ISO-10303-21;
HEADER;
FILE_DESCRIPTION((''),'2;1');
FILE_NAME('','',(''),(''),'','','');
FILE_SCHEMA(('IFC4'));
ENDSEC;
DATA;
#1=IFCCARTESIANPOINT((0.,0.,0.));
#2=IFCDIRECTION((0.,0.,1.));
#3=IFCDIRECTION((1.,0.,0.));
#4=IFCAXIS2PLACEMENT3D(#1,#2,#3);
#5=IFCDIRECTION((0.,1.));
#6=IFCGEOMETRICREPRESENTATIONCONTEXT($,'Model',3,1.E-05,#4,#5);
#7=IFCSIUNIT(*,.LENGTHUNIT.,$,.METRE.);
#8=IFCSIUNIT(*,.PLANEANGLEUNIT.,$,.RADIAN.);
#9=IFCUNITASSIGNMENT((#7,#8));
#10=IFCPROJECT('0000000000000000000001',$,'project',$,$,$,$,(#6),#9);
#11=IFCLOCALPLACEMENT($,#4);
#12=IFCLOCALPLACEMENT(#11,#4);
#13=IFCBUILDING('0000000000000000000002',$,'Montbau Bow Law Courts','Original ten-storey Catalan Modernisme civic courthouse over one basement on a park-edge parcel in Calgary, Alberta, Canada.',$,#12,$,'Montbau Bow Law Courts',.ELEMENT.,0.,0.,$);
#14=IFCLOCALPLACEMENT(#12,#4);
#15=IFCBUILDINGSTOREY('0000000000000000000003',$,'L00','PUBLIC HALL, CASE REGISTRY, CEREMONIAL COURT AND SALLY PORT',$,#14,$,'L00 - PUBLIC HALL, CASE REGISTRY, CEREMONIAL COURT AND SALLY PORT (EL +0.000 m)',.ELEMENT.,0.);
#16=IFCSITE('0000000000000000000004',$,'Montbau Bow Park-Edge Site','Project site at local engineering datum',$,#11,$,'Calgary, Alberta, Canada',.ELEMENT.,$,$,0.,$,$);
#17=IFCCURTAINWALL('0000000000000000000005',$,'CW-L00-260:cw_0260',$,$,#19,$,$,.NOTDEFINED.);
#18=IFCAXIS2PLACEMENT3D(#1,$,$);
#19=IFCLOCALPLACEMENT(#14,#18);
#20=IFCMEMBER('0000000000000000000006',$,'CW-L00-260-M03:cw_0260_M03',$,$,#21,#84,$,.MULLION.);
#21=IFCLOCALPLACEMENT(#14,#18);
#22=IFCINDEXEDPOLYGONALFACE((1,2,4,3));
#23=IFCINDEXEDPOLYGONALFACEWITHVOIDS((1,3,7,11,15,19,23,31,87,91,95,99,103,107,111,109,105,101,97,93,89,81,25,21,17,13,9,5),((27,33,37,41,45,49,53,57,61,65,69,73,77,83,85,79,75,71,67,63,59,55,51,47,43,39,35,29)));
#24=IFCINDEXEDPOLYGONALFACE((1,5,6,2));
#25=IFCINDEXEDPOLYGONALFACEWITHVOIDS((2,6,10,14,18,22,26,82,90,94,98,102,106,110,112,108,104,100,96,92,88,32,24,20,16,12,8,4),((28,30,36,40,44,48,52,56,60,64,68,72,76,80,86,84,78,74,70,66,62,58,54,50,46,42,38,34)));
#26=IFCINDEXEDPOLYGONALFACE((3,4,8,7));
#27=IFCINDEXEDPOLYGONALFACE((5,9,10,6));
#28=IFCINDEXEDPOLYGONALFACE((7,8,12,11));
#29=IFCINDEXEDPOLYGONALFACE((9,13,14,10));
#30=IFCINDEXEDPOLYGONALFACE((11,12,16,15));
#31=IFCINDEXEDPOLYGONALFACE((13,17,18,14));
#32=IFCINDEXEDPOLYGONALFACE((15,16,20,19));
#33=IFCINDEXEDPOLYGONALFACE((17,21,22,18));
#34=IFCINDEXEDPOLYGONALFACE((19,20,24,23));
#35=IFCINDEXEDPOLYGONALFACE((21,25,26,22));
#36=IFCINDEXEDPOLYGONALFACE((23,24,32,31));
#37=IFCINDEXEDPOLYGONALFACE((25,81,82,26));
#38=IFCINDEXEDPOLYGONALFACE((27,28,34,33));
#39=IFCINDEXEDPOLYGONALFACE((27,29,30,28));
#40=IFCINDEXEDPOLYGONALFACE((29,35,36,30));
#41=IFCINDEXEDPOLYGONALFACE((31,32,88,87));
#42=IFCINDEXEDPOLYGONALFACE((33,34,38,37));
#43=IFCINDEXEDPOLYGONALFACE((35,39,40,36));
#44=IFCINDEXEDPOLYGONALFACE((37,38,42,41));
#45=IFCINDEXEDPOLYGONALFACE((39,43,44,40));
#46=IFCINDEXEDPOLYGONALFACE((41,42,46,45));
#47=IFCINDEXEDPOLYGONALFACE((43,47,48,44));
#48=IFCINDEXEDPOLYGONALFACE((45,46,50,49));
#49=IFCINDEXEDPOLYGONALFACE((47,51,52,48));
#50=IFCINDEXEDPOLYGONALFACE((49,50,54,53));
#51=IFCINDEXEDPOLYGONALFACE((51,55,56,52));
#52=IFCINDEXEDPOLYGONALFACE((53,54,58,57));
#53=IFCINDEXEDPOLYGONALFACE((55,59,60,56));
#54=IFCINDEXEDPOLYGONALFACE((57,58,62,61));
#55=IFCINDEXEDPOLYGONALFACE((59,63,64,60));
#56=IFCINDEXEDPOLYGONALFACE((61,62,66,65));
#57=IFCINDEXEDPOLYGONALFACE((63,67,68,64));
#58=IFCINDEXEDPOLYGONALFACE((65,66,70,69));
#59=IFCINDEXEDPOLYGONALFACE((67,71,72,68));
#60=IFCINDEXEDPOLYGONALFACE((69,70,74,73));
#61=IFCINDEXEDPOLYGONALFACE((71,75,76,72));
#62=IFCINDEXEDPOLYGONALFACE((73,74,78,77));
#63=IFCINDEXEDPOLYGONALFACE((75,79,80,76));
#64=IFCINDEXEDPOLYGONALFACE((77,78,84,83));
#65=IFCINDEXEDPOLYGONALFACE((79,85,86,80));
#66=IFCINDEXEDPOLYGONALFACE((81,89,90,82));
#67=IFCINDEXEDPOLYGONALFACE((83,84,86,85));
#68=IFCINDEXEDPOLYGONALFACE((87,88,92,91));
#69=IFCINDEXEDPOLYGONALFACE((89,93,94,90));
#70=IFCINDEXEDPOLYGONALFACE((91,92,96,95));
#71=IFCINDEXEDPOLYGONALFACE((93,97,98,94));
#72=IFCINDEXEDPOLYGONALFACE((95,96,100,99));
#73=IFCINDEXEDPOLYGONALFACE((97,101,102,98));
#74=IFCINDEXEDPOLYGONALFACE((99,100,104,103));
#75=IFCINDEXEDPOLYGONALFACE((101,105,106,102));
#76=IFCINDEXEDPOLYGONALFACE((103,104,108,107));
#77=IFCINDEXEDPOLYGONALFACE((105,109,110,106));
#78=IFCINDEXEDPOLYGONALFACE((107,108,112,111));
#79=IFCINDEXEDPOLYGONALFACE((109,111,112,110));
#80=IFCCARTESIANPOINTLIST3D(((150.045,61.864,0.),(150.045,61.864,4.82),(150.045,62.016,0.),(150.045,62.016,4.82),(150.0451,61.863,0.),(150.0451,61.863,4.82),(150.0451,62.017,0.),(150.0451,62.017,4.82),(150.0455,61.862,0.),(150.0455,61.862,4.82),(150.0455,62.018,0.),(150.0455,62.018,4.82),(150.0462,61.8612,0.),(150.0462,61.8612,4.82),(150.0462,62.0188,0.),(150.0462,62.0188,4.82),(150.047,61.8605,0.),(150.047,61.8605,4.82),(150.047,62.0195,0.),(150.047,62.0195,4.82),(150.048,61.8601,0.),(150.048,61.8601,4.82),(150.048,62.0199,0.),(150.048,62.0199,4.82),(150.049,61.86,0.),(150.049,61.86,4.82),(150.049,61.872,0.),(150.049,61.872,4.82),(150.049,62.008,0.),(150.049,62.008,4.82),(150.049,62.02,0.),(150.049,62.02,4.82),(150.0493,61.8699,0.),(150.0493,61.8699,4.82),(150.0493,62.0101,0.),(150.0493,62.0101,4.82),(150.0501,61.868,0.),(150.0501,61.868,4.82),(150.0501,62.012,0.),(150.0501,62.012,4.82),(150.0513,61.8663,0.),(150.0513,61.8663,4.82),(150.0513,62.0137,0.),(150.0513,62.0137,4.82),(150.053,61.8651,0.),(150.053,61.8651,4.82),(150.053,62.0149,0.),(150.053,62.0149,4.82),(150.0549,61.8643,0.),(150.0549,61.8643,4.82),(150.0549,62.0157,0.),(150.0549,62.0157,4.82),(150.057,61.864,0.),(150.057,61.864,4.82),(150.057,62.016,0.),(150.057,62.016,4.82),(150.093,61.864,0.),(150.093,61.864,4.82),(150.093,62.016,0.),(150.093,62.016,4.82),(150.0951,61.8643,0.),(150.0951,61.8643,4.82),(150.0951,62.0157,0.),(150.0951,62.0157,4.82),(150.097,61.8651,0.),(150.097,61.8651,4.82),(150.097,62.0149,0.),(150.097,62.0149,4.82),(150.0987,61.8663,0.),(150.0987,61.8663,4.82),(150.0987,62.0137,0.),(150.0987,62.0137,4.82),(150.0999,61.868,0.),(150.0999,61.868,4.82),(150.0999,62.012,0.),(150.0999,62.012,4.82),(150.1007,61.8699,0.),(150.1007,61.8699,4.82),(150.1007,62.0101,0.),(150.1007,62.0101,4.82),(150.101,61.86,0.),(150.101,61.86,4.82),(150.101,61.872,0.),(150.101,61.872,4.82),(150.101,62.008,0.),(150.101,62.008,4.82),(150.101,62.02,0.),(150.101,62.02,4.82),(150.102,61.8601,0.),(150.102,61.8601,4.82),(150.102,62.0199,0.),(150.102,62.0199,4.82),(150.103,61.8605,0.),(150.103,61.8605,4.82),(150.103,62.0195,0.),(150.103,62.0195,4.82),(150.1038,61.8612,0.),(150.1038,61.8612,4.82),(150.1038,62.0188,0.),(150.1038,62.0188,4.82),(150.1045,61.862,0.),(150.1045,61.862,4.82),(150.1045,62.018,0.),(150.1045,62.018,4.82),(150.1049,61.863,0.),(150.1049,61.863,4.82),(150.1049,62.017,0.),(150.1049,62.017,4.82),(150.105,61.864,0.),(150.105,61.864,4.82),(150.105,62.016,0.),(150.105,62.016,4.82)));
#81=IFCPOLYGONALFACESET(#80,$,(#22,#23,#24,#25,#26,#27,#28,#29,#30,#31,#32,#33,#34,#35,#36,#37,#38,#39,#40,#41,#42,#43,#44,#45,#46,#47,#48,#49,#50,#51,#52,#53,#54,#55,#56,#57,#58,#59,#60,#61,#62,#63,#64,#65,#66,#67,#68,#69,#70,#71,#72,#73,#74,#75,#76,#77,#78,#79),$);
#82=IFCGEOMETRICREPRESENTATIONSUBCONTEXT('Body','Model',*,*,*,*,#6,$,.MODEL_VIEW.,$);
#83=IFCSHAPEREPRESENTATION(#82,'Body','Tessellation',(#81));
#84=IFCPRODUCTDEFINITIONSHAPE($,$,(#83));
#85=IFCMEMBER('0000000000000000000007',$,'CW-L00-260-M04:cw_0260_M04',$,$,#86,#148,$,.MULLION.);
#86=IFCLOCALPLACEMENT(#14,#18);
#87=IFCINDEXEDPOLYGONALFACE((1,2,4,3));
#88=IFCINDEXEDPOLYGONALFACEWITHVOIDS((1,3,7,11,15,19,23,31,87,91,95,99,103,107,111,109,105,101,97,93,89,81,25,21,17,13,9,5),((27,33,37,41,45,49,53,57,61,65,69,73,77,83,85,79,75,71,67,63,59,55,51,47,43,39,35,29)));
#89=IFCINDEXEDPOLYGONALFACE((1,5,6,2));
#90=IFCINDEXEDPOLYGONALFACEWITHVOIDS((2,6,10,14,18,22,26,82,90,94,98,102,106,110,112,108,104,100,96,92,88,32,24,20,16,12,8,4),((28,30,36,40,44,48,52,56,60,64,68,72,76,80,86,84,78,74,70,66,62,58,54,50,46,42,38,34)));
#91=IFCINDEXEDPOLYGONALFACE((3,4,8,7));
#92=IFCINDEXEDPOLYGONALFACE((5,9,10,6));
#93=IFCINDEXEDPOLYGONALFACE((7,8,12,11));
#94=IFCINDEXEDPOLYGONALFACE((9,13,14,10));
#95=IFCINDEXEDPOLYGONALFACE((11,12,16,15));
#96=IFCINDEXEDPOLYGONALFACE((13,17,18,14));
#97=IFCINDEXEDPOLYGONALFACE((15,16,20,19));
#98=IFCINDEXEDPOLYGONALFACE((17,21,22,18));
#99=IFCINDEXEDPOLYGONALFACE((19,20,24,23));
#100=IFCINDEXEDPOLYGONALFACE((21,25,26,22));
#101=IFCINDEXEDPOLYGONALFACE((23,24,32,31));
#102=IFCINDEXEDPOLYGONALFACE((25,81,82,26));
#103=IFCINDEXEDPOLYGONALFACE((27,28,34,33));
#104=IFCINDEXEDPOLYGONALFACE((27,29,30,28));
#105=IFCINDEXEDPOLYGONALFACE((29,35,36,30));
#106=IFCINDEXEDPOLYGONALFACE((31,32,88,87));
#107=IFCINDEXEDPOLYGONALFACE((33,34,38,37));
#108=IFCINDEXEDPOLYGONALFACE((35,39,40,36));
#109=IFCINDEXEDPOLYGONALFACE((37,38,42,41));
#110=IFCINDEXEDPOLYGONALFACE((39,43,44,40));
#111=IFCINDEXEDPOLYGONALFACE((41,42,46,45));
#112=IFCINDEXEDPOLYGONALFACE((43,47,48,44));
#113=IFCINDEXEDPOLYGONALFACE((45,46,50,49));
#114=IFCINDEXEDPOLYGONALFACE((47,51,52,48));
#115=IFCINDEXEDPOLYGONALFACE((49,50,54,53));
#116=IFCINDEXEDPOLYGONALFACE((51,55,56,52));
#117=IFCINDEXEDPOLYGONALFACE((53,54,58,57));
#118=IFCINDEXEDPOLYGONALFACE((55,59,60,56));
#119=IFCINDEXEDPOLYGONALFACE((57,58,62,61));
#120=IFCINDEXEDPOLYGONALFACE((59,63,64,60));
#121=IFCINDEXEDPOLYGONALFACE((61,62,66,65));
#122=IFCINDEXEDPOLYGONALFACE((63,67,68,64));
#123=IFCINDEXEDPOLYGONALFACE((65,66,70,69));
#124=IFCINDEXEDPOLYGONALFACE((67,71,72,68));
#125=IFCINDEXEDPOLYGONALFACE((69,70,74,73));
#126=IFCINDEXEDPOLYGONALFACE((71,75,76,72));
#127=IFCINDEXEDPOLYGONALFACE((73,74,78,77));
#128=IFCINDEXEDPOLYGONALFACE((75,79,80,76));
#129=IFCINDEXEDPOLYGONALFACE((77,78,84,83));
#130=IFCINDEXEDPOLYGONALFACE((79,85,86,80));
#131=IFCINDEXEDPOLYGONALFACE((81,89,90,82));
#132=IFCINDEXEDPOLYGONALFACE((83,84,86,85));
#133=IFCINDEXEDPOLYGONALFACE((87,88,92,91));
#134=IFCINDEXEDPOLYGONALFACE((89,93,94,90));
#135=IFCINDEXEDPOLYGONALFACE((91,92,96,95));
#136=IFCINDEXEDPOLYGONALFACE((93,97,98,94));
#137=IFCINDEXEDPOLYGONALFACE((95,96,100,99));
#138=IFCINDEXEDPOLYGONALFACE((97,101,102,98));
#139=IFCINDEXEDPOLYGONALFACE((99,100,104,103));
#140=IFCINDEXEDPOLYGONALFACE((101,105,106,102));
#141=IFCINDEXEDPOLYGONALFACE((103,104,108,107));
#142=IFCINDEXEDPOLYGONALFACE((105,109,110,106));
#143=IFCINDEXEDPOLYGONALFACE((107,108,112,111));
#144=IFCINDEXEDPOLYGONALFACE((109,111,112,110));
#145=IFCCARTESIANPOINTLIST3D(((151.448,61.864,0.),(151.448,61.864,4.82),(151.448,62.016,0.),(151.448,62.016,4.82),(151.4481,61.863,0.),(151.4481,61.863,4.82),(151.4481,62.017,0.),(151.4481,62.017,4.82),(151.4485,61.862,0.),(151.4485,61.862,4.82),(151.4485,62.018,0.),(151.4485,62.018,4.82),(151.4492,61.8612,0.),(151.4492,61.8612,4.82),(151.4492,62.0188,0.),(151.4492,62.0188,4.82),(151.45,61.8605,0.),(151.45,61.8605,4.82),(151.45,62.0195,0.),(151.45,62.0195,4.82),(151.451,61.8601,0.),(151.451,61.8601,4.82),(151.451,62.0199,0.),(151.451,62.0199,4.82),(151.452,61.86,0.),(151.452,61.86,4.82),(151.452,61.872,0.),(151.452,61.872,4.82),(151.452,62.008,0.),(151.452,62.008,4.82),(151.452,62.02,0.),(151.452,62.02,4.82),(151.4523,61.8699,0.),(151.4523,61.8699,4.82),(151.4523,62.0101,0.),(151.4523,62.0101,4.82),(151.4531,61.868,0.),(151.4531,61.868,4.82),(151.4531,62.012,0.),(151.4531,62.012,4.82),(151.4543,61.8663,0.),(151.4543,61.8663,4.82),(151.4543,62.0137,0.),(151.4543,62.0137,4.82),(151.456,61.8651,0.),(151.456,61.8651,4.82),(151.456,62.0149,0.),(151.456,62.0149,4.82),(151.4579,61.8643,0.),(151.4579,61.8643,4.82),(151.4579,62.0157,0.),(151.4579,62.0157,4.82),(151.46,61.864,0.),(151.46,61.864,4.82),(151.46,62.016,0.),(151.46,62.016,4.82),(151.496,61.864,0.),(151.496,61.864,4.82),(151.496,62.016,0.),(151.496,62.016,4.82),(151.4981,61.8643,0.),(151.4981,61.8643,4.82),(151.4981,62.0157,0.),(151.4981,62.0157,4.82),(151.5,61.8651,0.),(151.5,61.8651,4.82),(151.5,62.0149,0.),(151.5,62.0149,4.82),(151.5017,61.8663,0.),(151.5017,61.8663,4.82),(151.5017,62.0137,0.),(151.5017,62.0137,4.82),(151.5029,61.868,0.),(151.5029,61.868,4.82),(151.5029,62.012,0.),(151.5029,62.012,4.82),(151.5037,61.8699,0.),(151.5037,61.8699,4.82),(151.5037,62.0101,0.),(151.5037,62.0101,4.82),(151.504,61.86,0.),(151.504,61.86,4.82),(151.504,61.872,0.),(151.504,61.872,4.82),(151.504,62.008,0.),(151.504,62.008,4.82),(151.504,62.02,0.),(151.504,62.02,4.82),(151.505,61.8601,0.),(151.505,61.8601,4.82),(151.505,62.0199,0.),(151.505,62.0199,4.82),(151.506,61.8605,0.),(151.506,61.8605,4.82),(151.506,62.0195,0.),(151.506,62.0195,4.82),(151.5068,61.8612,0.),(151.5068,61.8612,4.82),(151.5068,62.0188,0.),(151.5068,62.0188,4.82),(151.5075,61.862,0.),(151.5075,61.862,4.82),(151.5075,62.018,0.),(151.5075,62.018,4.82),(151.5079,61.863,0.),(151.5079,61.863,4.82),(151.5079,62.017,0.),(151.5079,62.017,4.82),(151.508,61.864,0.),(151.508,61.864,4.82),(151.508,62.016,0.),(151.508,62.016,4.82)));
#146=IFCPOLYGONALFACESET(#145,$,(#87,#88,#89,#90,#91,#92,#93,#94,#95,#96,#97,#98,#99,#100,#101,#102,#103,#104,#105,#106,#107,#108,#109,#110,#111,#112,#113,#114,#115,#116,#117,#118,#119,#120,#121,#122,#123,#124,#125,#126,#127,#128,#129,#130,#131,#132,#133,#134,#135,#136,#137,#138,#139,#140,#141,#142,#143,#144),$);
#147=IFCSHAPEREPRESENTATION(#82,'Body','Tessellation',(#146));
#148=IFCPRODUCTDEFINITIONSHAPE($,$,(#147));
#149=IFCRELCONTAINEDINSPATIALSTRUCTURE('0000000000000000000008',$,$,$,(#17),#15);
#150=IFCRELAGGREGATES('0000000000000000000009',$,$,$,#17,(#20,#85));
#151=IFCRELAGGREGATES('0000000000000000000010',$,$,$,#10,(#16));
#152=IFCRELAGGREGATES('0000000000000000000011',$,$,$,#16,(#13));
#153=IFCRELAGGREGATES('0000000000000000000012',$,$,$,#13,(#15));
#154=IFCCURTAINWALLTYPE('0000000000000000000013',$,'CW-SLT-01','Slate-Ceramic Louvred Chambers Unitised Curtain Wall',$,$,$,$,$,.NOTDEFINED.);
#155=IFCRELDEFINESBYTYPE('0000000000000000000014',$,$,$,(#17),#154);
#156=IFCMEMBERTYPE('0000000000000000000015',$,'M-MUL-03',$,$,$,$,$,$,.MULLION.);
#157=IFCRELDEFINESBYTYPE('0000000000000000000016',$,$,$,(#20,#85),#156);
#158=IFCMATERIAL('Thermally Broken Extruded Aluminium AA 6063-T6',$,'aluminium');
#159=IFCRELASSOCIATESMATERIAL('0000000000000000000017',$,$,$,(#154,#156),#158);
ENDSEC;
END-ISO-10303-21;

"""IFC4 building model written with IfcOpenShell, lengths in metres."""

from ifc_helpers import new_model, si_unit, direction, frame, origin_with_axes, origin_2d_with_axis, place, context, subcontext, project, spatial, hollow_rectangle, extrude, material, material_profile, profile_set, type_object, element, aggregate, save


model = new_model("IFC4")

# Units and contexts
model_context = context("Model", 3, precision=1e-05, world=origin_with_axes(), true_north=direction((0.0, 1.0)))
body_context = subcontext(model_context, "Body", "Model", "MODEL_VIEW")
ifc_project = project(units=[si_unit("LENGTHUNIT", "METRE"), si_unit("PLANEANGLEUNIT", "RADIAN")], contexts=[model_context])

# Site, building, storey
site_placement = place(None, origin_with_axes())
site = spatial("IfcSite", under=ifc_project, at=site_placement, Name="Montbau Bow Park-Edge Site", Description="Project site at local engineering datum", LongName="Calgary, Alberta, Canada", CompositionType="ELEMENT", RefElevation=0.0)
building_placement = place(site_placement, origin_with_axes())
building = spatial("IfcBuilding", under=site, at=building_placement, Name="Montbau Bow Law Courts", Description="Original ten-storey Catalan Modernisme civic courthouse over one basement on a park-edge parcel in Calgary, Alberta, Canada.", LongName="Montbau Bow Law Courts", CompositionType="ELEMENT", ElevationOfRefHeight=0.0, ElevationOfTerrain=0.0)
storey_placement = place(building_placement, origin_with_axes())
storey = spatial("IfcBuildingStorey", under=building, at=storey_placement, Name="L00", Description="PUBLIC HALL, CASE REGISTRY, CEREMONIAL COURT AND SALLY PORT", LongName="L00 - PUBLIC HALL, CASE REGISTRY, CEREMONIAL COURT AND SALLY PORT (EL +0.000 m)", CompositionType="ELEMENT", Elevation=0.0)

# Curtain wall, members
ifc_material_1 = material(Name="Thermally Broken Extruded Aluminium AA 6063-T6", Category="aluminium")
curtain_wall_type = type_object("IfcCurtainWallType", Name="CW-SLT-01", Description="Slate-Ceramic Louvred Chambers Unitised Curtain Wall", PredefinedType="NOTDEFINED", material=ifc_material_1)
curtain_wall_placement = place(None, frame((147.268, 61.94, 0.0), z_axis=(0.0, 0.0, 1.0), x_axis=(1.0, 0.0, 0.0)))
curtain_wall = element("IfcCurtainWall", 1, at=curtain_wall_placement, inside=storey, type_object=curtain_wall_type, Name="CW-L00-260:cw_0260", PredefinedType="NOTDEFINED")
ifc_material_profile_1 = material_profile(ifc_material_1, hollow_rectangle(XDim=0.06, YDim=0.16, WallThickness=0.004, InnerFilletRadius=0.008, OuterFilletRadius=0.004, at=origin_2d_with_axis()), Name="CWM-160X60", Category="Main", Priority=0)
ifc_profile_set_1 = profile_set([ifc_material_profile_1], Name="Thermally Broken Extruded Aluminium AA 6063-T6")
member_type_1 = type_object("IfcMemberType", Name="M-MUL-03", PredefinedType="MULLION", material=ifc_profile_set_1)
member_1_placement = place(None, frame((150.075, 61.94, 0.0), z_axis=(0.0, 0.0, 1.0), x_axis=(1.0, 0.0, 0.0)))
member_1 = element("IfcMember", 2, at=member_1_placement, type_object=member_type_1, Name="CW-L00-260-M03:cw_0260_M03", PredefinedType="MULLION", context=body_context, shape_type="SweptSolid", body=[
    extrude(hollow_rectangle(XDim=0.06, YDim=0.16, WallThickness=0.004, InnerFilletRadius=0.008, OuterFilletRadius=0.004, at=origin_2d_with_axis()), origin_with_axes(), (0.0, 0.0, 1.0), 4.82),
])
member_2_placement = place(None, frame((151.478, 61.94, 0.0), z_axis=(0.0, 0.0, 1.0), x_axis=(1.0, 0.0, 0.0)))
member_2 = element("IfcMember", 3, at=member_2_placement, type_object=member_type_1, Name="CW-L00-260-M04:cw_0260_M04", PredefinedType="MULLION", context=body_context, shape_type="SweptSolid", body=[
    extrude(hollow_rectangle(XDim=0.06, YDim=0.16, WallThickness=0.004, InnerFilletRadius=0.008, OuterFilletRadius=0.004, at=origin_2d_with_axis()), origin_with_axes(), (0.0, 0.0, 1.0), 4.82),
])
aggregate(curtain_wall, [member_1, member_2])

save(model, "model.ifc")
